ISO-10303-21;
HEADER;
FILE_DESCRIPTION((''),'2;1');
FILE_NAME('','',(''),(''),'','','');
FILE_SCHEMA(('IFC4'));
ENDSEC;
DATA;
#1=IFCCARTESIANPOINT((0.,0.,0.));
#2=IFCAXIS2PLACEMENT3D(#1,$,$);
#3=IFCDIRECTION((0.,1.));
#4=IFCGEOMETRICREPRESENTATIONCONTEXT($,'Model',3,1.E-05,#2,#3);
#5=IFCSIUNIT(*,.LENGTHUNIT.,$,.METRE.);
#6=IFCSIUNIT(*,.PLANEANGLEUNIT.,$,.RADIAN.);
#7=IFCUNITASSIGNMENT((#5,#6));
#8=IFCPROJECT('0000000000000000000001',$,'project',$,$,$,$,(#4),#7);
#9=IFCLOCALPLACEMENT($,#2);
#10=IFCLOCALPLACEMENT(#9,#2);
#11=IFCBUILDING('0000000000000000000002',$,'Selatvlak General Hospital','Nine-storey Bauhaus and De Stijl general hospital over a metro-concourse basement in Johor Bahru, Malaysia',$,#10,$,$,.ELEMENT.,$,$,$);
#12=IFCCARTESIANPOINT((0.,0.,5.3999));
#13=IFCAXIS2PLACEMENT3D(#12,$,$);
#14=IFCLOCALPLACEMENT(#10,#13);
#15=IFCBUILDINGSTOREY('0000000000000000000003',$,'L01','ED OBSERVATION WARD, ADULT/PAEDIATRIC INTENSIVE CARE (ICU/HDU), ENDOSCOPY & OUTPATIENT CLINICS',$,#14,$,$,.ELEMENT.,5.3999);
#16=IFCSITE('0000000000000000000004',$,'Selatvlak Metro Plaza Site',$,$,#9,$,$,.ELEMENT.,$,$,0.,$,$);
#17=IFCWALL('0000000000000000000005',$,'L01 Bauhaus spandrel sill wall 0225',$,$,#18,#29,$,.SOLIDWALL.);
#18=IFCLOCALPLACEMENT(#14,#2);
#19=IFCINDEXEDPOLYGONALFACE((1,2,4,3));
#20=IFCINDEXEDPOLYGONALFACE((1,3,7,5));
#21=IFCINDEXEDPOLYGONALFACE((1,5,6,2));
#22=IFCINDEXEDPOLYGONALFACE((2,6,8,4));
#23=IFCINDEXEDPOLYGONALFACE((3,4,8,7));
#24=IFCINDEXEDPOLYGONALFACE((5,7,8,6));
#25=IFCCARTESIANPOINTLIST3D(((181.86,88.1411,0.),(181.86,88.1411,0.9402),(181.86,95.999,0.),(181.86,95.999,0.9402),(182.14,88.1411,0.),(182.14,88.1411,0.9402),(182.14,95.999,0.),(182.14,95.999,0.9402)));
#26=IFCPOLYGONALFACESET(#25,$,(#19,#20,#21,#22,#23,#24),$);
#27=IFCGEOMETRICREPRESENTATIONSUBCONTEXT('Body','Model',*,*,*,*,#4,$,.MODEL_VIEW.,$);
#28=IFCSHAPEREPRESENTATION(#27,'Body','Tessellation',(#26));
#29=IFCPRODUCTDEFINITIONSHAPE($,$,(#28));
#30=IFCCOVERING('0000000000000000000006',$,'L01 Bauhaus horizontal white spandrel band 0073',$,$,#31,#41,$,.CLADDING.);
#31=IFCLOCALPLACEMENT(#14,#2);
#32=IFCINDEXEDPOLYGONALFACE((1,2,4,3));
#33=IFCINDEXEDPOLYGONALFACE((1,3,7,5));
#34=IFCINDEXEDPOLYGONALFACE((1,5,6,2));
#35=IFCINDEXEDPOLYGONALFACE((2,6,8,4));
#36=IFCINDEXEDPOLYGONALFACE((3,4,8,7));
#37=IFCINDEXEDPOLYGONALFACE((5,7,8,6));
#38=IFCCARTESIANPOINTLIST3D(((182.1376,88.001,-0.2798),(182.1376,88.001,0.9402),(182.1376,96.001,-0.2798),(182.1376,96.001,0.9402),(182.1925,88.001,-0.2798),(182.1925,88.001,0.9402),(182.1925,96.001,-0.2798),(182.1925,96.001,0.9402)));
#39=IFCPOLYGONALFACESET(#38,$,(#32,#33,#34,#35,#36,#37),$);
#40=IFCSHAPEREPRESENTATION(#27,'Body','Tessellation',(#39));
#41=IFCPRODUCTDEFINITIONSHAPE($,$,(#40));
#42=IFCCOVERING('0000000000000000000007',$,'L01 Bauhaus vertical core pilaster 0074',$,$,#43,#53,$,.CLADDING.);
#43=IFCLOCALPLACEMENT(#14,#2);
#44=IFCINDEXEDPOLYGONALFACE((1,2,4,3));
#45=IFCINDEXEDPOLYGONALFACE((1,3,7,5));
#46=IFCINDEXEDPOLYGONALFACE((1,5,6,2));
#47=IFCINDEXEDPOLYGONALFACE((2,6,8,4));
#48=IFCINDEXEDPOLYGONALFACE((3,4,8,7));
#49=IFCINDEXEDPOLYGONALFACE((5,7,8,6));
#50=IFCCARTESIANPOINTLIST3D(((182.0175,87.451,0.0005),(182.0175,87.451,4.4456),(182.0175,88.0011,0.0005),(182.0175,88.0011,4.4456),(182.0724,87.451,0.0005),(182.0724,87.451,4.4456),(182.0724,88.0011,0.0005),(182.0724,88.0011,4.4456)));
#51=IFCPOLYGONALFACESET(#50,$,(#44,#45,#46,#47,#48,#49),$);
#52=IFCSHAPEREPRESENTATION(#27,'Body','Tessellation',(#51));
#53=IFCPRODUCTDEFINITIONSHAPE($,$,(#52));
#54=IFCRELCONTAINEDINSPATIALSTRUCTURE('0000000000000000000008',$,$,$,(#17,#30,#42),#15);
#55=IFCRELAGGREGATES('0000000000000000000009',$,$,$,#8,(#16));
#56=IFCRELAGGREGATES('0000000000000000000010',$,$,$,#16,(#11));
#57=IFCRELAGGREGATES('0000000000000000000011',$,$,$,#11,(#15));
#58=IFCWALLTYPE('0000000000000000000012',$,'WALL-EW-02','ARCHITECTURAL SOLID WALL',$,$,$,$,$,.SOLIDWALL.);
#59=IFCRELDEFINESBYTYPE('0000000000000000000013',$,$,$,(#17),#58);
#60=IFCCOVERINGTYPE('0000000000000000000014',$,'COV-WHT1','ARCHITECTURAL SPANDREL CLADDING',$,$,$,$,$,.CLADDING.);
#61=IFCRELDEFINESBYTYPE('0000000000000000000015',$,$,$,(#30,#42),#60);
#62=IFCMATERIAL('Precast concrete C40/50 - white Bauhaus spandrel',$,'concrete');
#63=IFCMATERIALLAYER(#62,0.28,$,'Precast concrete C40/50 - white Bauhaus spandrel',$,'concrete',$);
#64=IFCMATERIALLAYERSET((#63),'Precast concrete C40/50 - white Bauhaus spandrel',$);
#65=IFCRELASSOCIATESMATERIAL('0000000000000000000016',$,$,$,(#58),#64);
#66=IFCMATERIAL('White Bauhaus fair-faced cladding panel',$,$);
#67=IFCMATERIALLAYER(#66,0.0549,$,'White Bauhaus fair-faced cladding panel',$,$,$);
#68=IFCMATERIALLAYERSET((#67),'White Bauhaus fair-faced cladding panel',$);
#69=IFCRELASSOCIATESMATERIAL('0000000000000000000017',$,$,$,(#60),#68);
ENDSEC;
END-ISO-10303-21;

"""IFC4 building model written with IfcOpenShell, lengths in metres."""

from ifc_helpers import new_model, si_unit, direction, frame, frame_2d, origin, origin_2d, place, context, subcontext, project, spatial, rectangle, extrude, material, layer, layer_set, type_object, element, save


model = new_model("IFC4")

# Units and contexts
model_context = context("Model", 3, precision=1e-05, world=origin(), true_north=direction((0.0, 1.0)))
body_context = subcontext(model_context, "Body", "Model", "MODEL_VIEW")
ifc_project = project(units=[si_unit("LENGTHUNIT", "METRE"), si_unit("PLANEANGLEUNIT", "RADIAN")], contexts=[model_context])

# Site, building, storey
site_placement = place(None, origin())
site = spatial("IfcSite", under=ifc_project, at=site_placement, Name="Selatvlak Metro Plaza Site", CompositionType="ELEMENT", RefElevation=0.0)
building_placement = place(site_placement, origin())
building = spatial("IfcBuilding", under=site, at=building_placement, Name="Selatvlak General Hospital", Description="Nine-storey Bauhaus and De Stijl general hospital over a metro-concourse basement in Johor Bahru, Malaysia", CompositionType="ELEMENT")
storey_placement = place(building_placement, frame((0.0, 0.0, 5.3999)))
storey = spatial("IfcBuildingStorey", under=building, at=storey_placement, Name="L01", Description="ED OBSERVATION WARD, ADULT/PAEDIATRIC INTENSIVE CARE (ICU/HDU), ENDOSCOPY & OUTPATIENT CLINICS", CompositionType="ELEMENT", Elevation=5.3999)

# Wall
ifc_material_1 = material(Name="Precast concrete C40/50 - white Bauhaus spandrel", Category="concrete")
ifc_layer_1 = layer(ifc_material_1, 0.28, Name="Precast concrete C40/50 - white Bauhaus spandrel", Category="concrete")
ifc_layer_set_1 = layer_set([ifc_layer_1], Name="Precast concrete C40/50 - white Bauhaus spandrel")
wall_type = type_object("IfcWallType", Name="WALL-EW-02", Description="ARCHITECTURAL SOLID WALL", PredefinedType="SOLIDWALL", material=ifc_layer_set_1)
wall_placement = place(storey_placement, frame((182.0, 95.999, 0.0), z_axis=(0.0, 0.0, 1.0), x_axis=(0.0, -1.0, 0.0)))
element("IfcWall", 1, at=wall_placement, inside=storey, type_object=wall_type, Name="L01 Bauhaus spandrel sill wall 0225", PredefinedType="SOLIDWALL", context=body_context, shape_type="SweptSolid", body=[
    extrude(rectangle(XDim=7.8579, YDim=0.28, at=frame_2d((3.929, 0.0))), origin(), (0.0, 0.0, 1.0), 0.9402),
])

# Coverings
ifc_material_2 = material(Name="White Bauhaus fair-faced cladding panel")
ifc_layer_2 = layer(ifc_material_2, 0.0549, Name="White Bauhaus fair-faced cladding panel")
ifc_layer_set_2 = layer_set([ifc_layer_2], Name="White Bauhaus fair-faced cladding panel")
covering_type = type_object("IfcCoveringType", Name="COV-WHT1", Description="ARCHITECTURAL SPANDREL CLADDING", PredefinedType="CLADDING", material=ifc_layer_set_2)
covering_1_placement = place(storey_placement, frame((182.165, 92.001, -0.2798), z_axis=(0.0, 0.0, 1.0), x_axis=(0.0, -1.0, 0.0)))
element("IfcCovering", 2, at=covering_1_placement, inside=storey, type_object=covering_type, Name="L01 Bauhaus horizontal white spandrel band 0073", PredefinedType="CLADDING", context=body_context, shape_type="SweptSolid", body=[
    extrude(rectangle(XDim=8.0, YDim=0.0549, at=origin_2d()), origin(), (0.0, 0.0, 1.0), 1.22),
])
covering_2_placement = place(storey_placement, frame((182.0449, 87.7261, 0.0005), z_axis=(0.0, 0.0, 1.0), x_axis=(0.0, -1.0, 0.0)))
element("IfcCovering", 3, at=covering_2_placement, inside=storey, type_object=covering_type, Name="L01 Bauhaus vertical core pilaster 0074", PredefinedType="CLADDING", context=body_context, shape_type="SweptSolid", body=[
    extrude(rectangle(XDim=0.55, YDim=0.0549, at=origin_2d()), origin(), (0.0, 0.0, 1.0), 4.4451),
])

save(model, "model.ifc")
